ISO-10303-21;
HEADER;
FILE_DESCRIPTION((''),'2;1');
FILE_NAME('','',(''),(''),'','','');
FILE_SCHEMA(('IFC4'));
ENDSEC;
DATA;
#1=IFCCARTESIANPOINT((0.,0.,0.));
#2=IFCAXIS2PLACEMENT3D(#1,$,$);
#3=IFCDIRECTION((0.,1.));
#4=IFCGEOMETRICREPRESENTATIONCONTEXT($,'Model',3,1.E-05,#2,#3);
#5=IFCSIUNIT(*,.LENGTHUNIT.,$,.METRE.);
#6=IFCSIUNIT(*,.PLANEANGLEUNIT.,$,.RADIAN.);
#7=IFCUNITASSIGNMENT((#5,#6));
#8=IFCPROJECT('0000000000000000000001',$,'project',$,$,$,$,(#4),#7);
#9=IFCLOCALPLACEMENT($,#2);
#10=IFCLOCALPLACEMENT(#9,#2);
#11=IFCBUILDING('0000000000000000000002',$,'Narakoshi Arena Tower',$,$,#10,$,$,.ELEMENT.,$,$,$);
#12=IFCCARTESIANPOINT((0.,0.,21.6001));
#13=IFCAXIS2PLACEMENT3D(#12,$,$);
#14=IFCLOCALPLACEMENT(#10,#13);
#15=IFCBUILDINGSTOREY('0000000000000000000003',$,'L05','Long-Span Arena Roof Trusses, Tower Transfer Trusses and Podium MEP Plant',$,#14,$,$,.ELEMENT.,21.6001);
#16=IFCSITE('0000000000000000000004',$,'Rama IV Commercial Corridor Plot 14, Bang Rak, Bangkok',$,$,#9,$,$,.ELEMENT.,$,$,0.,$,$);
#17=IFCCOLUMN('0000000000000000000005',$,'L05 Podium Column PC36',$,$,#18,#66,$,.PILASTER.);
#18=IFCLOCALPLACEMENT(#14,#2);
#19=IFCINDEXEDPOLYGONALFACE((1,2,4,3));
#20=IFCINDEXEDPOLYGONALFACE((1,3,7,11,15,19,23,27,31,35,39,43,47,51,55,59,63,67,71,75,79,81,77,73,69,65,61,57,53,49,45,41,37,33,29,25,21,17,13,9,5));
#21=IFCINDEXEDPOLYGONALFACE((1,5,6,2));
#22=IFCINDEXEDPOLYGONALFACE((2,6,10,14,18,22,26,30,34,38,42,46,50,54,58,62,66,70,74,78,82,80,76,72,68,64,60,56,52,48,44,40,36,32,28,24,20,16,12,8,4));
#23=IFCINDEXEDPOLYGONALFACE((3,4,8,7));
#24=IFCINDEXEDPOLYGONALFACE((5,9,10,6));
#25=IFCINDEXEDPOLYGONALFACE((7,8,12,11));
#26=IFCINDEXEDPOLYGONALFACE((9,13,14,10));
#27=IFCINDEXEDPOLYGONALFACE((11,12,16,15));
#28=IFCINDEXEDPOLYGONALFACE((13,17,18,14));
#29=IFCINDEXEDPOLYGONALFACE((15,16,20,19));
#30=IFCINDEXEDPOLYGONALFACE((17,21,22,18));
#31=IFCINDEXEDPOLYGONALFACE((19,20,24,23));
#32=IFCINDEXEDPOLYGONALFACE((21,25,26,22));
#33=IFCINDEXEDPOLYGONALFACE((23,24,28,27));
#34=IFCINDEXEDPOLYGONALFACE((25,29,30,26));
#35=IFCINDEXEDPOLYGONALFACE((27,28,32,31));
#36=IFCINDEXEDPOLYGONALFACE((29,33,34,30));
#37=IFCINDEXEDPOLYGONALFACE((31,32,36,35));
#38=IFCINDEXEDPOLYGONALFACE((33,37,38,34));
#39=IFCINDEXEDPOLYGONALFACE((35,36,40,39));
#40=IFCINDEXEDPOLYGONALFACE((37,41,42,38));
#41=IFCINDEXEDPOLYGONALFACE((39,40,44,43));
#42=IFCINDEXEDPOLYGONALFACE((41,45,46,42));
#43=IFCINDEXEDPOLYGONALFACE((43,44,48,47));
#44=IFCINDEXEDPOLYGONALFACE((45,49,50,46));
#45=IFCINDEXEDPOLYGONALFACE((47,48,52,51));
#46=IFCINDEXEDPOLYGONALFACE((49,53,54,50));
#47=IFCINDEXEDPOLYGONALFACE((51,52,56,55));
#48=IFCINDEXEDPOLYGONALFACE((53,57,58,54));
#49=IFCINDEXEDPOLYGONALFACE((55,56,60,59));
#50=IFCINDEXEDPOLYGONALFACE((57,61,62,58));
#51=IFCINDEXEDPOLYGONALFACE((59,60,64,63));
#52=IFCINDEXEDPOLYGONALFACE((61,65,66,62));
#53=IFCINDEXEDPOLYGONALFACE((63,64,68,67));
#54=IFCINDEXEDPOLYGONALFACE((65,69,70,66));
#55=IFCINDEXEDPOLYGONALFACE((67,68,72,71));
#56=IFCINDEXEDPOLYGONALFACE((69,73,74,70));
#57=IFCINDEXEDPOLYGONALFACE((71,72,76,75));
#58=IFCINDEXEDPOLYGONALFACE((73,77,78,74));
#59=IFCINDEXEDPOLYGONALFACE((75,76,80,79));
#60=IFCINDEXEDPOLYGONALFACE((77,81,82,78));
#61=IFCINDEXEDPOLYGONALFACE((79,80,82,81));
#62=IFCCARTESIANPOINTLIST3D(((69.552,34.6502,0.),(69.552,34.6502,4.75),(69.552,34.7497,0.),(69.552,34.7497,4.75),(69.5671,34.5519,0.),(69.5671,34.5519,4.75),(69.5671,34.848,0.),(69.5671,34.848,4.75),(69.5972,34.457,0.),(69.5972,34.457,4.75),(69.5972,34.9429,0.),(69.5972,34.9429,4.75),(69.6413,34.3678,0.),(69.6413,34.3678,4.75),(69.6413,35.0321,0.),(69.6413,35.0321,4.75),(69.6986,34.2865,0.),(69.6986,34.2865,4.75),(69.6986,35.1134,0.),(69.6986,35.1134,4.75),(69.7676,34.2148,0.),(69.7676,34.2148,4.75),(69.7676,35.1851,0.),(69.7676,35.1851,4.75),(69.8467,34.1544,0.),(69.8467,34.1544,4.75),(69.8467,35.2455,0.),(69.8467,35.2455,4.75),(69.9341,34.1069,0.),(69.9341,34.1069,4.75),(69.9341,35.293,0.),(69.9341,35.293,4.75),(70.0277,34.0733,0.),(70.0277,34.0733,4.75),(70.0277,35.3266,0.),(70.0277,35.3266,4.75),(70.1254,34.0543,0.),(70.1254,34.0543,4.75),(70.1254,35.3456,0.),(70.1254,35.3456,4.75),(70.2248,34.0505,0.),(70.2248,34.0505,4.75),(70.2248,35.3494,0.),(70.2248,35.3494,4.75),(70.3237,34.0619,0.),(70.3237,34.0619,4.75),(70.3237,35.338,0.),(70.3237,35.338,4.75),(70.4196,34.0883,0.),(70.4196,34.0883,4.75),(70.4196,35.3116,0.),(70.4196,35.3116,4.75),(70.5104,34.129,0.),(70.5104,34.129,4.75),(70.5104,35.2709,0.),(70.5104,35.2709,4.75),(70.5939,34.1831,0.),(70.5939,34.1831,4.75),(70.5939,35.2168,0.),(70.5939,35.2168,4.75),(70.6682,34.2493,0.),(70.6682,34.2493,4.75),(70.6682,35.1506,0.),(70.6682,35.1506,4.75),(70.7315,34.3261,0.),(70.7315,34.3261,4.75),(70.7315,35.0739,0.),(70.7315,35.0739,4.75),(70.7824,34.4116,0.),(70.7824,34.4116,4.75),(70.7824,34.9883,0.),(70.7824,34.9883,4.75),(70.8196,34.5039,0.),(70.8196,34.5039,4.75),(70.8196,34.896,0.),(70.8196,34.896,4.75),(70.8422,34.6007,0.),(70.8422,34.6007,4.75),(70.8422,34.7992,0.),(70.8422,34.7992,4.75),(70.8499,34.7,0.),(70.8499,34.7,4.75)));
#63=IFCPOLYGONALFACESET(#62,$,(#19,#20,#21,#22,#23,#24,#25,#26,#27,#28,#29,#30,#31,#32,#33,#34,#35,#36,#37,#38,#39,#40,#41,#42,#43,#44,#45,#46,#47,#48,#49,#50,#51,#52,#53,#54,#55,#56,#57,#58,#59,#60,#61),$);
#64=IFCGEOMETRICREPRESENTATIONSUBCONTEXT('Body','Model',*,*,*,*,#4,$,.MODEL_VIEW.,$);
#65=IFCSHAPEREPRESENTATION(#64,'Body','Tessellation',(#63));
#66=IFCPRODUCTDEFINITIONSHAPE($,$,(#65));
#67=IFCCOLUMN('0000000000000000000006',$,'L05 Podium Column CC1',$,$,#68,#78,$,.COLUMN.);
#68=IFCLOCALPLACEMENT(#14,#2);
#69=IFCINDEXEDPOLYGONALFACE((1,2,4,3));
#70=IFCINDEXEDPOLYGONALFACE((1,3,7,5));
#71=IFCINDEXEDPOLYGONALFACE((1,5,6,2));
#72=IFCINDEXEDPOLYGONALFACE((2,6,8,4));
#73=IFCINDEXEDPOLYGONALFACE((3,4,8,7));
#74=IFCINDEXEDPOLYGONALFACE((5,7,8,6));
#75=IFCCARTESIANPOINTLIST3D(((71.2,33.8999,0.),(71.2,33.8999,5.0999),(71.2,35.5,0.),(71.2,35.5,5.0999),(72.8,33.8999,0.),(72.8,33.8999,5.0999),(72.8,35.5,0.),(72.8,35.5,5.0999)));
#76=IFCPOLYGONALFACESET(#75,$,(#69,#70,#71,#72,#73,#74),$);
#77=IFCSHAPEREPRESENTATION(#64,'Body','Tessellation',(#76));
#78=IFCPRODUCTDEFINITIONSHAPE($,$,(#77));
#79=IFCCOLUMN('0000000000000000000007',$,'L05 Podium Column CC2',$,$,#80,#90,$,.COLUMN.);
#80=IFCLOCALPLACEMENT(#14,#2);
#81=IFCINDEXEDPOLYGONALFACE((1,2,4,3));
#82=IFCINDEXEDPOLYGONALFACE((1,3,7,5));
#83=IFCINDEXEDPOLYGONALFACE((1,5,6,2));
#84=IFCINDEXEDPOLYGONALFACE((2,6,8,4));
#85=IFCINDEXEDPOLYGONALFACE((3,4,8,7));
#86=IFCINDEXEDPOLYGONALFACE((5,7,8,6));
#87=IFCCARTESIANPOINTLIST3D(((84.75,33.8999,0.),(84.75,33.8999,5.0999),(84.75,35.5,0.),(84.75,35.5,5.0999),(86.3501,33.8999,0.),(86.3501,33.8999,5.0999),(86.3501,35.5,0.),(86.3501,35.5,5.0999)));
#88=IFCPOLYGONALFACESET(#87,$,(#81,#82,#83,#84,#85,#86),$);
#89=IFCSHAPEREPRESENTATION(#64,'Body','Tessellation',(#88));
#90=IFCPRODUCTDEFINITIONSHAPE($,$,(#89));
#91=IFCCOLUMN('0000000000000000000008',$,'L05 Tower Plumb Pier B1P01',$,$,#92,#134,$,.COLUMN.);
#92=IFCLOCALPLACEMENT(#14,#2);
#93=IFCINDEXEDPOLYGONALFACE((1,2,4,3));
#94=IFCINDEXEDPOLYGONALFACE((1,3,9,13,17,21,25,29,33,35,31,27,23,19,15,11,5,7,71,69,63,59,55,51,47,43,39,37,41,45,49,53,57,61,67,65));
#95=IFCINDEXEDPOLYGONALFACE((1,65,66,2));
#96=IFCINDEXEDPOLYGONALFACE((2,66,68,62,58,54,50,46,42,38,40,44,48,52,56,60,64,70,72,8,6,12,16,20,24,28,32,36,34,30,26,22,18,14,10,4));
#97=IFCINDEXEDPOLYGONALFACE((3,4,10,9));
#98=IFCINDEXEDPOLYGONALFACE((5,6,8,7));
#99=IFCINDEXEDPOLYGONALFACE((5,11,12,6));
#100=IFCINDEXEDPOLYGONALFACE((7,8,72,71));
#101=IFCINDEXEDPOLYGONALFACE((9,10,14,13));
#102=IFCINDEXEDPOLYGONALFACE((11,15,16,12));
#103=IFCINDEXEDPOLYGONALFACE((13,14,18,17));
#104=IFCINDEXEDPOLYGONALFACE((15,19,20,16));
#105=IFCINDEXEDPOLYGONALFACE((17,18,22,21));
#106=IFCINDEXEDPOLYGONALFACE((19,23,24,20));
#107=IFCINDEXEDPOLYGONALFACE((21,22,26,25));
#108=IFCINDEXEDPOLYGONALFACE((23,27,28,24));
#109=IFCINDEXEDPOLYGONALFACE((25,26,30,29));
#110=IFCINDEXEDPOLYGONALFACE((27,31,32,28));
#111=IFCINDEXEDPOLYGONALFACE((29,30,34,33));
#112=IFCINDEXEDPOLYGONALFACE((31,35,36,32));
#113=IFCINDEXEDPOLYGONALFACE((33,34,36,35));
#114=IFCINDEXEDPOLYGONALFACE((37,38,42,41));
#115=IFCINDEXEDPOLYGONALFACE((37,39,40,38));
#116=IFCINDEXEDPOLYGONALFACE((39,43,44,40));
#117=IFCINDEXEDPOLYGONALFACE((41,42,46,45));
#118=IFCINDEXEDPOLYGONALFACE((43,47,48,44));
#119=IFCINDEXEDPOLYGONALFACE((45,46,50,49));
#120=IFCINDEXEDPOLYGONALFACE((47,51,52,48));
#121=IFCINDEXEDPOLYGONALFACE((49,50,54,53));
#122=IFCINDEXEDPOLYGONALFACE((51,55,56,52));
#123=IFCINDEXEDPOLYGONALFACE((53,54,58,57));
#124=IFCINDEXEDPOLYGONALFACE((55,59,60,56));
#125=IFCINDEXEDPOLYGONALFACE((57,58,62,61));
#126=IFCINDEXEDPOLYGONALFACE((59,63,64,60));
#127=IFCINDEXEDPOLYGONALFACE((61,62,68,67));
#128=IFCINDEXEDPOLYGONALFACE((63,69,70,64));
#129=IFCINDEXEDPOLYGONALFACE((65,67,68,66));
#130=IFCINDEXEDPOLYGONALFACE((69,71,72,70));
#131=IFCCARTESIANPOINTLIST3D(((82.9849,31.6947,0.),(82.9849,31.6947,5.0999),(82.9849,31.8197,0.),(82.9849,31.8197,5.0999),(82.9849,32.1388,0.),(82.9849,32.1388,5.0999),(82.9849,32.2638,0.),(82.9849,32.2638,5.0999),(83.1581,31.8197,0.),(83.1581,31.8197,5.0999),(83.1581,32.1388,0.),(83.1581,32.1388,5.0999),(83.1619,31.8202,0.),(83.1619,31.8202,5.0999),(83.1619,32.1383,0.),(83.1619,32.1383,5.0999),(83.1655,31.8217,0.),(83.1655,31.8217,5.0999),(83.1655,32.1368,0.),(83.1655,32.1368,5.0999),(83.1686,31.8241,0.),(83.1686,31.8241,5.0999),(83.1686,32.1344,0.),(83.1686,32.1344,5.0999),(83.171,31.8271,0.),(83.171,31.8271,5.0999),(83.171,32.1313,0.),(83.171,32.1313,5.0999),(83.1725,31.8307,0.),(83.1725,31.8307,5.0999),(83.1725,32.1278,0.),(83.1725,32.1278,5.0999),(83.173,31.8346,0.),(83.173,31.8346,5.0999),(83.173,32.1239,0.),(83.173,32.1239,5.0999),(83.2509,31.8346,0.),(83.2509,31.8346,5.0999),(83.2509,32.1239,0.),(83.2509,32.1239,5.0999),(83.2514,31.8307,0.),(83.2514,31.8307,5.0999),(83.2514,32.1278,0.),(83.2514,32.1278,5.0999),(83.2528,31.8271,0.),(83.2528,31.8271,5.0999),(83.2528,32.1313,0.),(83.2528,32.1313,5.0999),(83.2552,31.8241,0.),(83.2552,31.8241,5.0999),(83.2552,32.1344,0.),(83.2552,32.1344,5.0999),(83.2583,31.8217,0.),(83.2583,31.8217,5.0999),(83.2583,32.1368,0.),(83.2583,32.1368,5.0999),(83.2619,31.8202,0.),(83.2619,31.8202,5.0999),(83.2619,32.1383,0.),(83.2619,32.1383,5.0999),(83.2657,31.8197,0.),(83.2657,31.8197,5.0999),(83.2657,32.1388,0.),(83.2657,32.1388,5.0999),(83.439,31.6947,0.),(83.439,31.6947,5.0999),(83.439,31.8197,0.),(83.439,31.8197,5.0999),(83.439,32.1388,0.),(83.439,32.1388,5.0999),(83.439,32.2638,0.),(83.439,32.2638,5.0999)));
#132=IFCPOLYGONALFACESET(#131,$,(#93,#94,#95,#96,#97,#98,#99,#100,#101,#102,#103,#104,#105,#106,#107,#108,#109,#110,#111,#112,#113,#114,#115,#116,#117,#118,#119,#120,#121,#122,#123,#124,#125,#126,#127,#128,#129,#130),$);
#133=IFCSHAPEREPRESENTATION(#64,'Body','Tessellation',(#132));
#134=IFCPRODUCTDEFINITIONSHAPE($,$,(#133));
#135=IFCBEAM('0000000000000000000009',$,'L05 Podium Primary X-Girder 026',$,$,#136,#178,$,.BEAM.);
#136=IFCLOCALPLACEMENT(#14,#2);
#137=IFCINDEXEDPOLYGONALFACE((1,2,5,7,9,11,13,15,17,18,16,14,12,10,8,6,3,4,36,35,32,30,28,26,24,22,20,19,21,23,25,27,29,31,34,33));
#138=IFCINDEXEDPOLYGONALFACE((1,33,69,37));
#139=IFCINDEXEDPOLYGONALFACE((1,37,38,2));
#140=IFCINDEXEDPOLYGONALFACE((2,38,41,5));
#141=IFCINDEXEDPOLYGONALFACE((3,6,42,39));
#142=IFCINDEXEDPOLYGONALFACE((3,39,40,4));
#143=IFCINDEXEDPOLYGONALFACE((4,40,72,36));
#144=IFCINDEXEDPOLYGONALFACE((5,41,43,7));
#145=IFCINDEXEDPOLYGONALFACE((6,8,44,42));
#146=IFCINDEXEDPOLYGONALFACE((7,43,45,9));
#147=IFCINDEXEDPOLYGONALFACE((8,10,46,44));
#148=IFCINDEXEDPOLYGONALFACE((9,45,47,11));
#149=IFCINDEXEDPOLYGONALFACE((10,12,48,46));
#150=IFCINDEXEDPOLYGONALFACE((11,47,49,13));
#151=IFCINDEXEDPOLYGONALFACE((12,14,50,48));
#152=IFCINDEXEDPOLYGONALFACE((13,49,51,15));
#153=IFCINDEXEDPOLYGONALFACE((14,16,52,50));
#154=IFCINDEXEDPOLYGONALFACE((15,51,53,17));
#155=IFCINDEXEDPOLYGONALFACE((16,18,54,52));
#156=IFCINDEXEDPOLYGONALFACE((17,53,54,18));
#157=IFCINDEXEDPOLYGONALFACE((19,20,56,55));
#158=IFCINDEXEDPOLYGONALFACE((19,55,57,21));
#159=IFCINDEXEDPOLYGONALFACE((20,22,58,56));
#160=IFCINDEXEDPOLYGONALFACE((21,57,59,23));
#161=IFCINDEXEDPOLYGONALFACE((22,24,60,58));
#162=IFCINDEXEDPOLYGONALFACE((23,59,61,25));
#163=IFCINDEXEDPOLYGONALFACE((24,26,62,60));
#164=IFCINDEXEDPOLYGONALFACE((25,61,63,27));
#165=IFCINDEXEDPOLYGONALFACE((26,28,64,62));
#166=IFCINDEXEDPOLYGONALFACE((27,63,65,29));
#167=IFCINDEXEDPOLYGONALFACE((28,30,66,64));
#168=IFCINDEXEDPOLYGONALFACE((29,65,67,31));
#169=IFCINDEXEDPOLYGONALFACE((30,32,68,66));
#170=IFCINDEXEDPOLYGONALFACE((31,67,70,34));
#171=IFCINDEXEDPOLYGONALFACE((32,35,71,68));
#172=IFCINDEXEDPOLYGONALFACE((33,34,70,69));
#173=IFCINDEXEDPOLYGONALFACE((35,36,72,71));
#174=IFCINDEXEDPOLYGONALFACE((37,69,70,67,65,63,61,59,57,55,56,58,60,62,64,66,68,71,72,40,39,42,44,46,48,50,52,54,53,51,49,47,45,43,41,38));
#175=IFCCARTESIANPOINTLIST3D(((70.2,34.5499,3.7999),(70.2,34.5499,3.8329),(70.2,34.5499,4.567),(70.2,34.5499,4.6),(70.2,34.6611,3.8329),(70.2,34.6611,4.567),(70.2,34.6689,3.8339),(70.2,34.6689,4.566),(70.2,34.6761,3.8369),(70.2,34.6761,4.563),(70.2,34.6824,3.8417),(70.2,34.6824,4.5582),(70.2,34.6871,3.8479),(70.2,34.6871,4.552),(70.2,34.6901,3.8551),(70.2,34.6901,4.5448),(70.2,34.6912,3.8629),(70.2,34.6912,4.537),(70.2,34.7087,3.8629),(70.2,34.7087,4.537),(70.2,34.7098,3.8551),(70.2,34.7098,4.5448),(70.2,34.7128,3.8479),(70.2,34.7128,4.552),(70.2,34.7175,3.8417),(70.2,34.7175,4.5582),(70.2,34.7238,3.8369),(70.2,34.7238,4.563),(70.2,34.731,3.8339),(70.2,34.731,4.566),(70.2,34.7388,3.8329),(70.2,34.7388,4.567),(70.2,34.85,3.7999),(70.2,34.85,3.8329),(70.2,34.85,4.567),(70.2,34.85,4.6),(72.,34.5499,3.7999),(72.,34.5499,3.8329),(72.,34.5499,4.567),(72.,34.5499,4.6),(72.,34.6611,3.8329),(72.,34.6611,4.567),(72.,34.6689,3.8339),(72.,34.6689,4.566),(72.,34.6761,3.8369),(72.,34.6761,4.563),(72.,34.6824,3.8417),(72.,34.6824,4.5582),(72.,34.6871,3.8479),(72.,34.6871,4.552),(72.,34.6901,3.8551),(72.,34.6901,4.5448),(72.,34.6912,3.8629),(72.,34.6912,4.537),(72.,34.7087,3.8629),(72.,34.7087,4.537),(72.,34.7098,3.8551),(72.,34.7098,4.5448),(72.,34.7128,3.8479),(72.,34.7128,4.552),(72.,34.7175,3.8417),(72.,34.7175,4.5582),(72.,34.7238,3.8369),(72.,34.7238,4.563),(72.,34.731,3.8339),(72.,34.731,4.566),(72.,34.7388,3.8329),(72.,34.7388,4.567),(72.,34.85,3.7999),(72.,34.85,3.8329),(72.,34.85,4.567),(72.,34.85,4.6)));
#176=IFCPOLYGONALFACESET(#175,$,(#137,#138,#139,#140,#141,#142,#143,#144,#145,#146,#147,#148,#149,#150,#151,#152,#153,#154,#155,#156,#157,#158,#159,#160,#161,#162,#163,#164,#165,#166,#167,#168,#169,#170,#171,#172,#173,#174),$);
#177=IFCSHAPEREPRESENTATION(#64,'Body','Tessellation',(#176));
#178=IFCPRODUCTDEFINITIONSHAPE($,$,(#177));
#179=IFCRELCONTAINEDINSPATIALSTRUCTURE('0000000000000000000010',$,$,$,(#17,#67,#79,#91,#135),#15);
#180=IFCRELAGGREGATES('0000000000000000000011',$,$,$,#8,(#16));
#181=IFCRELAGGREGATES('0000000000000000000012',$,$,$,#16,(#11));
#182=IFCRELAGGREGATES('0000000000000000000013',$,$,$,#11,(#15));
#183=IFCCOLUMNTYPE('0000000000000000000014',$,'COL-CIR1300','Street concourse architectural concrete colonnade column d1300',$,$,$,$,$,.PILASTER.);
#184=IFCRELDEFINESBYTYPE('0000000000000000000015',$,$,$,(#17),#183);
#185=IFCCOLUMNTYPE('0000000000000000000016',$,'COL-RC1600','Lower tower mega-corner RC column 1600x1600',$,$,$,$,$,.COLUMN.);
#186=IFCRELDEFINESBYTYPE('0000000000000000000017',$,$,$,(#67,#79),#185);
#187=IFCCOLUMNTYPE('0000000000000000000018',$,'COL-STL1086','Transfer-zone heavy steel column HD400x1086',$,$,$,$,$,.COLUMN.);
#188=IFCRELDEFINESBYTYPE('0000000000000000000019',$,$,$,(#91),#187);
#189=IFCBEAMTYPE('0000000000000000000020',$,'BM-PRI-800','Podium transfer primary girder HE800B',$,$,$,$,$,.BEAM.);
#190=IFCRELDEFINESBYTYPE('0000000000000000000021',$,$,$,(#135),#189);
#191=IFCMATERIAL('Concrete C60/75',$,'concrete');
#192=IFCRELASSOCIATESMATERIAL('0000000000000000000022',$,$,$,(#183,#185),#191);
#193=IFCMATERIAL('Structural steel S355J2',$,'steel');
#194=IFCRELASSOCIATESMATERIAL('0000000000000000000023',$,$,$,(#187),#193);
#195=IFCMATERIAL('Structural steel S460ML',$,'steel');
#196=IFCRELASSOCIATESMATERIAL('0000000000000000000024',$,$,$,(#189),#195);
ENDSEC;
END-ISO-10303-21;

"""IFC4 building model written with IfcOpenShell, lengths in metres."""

from ifc_helpers import new_model, si_unit, direction, frame, origin, origin_2d, place, context, subcontext, project, spatial, rectangle, circle, i_section, extrude, material, material_profile, profile_set, type_object, element, save


model = new_model("IFC4")

# Units and contexts
model_context = context("Model", 3, precision=1e-05, world=origin(), true_north=direction((0.0, 1.0)))
body_context = subcontext(model_context, "Body", "Model", "MODEL_VIEW")
ifc_project = project(units=[si_unit("LENGTHUNIT", "METRE"), si_unit("PLANEANGLEUNIT", "RADIAN")], contexts=[model_context])

# Site, building, storey
site_placement = place(None, origin())
site = spatial("IfcSite", under=ifc_project, at=site_placement, Name="Rama IV Commercial Corridor Plot 14, Bang Rak, Bangkok", CompositionType="ELEMENT", RefElevation=0.0)
building_placement = place(site_placement, origin())
building = spatial("IfcBuilding", under=site, at=building_placement, Name="Narakoshi Arena Tower", CompositionType="ELEMENT")
storey_placement = place(building_placement, frame((0.0, 0.0, 21.6001)))
storey = spatial("IfcBuildingStorey", under=building, at=storey_placement, Name="L05", Description="Long-Span Arena Roof Trusses, Tower Transfer Trusses and Podium MEP Plant", CompositionType="ELEMENT", Elevation=21.6001)

# Columns
ifc_material_1 = material(Name="Concrete C60/75", Category="concrete")
ifc_material_profile_1 = material_profile(ifc_material_1, circle(Radius=0.6499, at=origin_2d()), Name="RCC1300")
ifc_profile_set_1 = profile_set([ifc_material_profile_1], Name="Concrete C60/75")
column_type_1 = type_object("IfcColumnType", Name="COL-CIR1300", Description="Street concourse architectural concrete colonnade column d1300", PredefinedType="PILASTER", material=ifc_profile_set_1)
column_1_placement = place(storey_placement, frame((70.2, 34.7, 0.0), z_axis=(0.0, 0.0, 1.0), x_axis=(1.0, 0.0, 0.0)))
element("IfcColumn", 1, at=column_1_placement, inside=storey, type_object=column_type_1, Name="L05 Podium Column PC36", PredefinedType="PILASTER", context=body_context, shape_type="SweptSolid", body=[
    extrude(circle(Radius=0.6499, at=origin_2d()), origin(), (0.0, 0.0, 1.0), 4.75),
])
ifc_material_profile_2 = material_profile(ifc_material_1, rectangle(XDim=1.6001, YDim=1.6001, at=origin_2d()), Name="RC1600x1600")
ifc_profile_set_2 = profile_set([ifc_material_profile_2], Name="Concrete C60/75")
column_type_2 = type_object("IfcColumnType", Name="COL-RC1600", Description="Lower tower mega-corner RC column 1600x1600", PredefinedType="COLUMN", material=ifc_profile_set_2)
for number, where, z_axis, x_axis, name in (
    (2, (72.0, 34.7, 0.0), (0.0, 0.0, 1.0), (1.0, 0.0, 0.0), "L05 Podium Column CC1"),
    (3, (85.55, 34.7, 0.0), (0.0, 0.0, 1.0), (1.0, 0.0, 0.0), "L05 Podium Column CC2"),
):
    element("IfcColumn", number, at=place(storey_placement, frame(where, z_axis=z_axis, x_axis=x_axis)), inside=storey, type_object=column_type_2, Name=name, PredefinedType="COLUMN", context=body_context, shape_type="SweptSolid", body=[
        extrude(rectangle(XDim=1.6001, YDim=1.6001, at=origin_2d()), origin(), (0.0, 0.0, 1.0), 5.0999),
    ])
ifc_material_2 = material(Name="Structural steel S355J2", Category="steel")
ifc_material_profile_3 = material_profile(ifc_material_2, i_section(OverallWidth=0.4541, OverallDepth=0.5691, WebThickness=0.0779, FlangeThickness=0.125, FilletRadius=0.0149, at=origin_2d()), Name="HD400x1086")
ifc_profile_set_3 = profile_set([ifc_material_profile_3], Name="Structural steel S355J2")
column_type_3 = type_object("IfcColumnType", Name="COL-STL1086", Description="Transfer-zone heavy steel column HD400x1086", PredefinedType="COLUMN", material=ifc_profile_set_3)
column_2_placement = place(storey_placement, frame((83.2119, 31.9792, 0.0), z_axis=(0.0, 0.0, 1.0), x_axis=(1.0, 0.0, 0.0)))
element("IfcColumn", 4, at=column_2_placement, inside=storey, type_object=column_type_3, Name="L05 Tower Plumb Pier B1P01", PredefinedType="COLUMN", context=body_context, shape_type="SweptSolid", body=[
    extrude(i_section(OverallWidth=0.4541, OverallDepth=0.5691, WebThickness=0.0779, FlangeThickness=0.125, FilletRadius=0.0149, at=origin_2d()), origin(), (0.0, 0.0, 1.0), 5.0999),
])

# Beam
ifc_material_3 = material(Name="Structural steel S460ML", Category="steel")
ifc_material_profile_4 = material_profile(ifc_material_3, i_section(OverallWidth=0.3, OverallDepth=0.8, WebThickness=0.0176, FlangeThickness=0.033, FilletRadius=0.03, at=origin_2d()), Name="HE800B")
ifc_profile_set_4 = profile_set([ifc_material_profile_4], Name="Structural steel S460ML")
beam_type_1 = type_object("IfcBeamType", Name="BM-PRI-800", Description="Podium transfer primary girder HE800B", PredefinedType="BEAM", material=ifc_profile_set_4)
beam_1_placement = place(storey_placement, frame((70.2, 34.7, 4.2), z_axis=(1.0, 0.0, 0.0), x_axis=(0.0, 1.0, 0.0)))
element("IfcBeam", 5, at=beam_1_placement, inside=storey, type_object=beam_type_1, Name="L05 Podium Primary X-Girder 026", PredefinedType="BEAM", context=body_context, shape_type="SweptSolid", body=[
    extrude(i_section(OverallWidth=0.3, OverallDepth=0.8, WebThickness=0.0176, FlangeThickness=0.033, FilletRadius=0.03, at=origin_2d()), origin(), (0.0, 0.0, 1.0), 1.8),
])

save(model, "model.ifc")
